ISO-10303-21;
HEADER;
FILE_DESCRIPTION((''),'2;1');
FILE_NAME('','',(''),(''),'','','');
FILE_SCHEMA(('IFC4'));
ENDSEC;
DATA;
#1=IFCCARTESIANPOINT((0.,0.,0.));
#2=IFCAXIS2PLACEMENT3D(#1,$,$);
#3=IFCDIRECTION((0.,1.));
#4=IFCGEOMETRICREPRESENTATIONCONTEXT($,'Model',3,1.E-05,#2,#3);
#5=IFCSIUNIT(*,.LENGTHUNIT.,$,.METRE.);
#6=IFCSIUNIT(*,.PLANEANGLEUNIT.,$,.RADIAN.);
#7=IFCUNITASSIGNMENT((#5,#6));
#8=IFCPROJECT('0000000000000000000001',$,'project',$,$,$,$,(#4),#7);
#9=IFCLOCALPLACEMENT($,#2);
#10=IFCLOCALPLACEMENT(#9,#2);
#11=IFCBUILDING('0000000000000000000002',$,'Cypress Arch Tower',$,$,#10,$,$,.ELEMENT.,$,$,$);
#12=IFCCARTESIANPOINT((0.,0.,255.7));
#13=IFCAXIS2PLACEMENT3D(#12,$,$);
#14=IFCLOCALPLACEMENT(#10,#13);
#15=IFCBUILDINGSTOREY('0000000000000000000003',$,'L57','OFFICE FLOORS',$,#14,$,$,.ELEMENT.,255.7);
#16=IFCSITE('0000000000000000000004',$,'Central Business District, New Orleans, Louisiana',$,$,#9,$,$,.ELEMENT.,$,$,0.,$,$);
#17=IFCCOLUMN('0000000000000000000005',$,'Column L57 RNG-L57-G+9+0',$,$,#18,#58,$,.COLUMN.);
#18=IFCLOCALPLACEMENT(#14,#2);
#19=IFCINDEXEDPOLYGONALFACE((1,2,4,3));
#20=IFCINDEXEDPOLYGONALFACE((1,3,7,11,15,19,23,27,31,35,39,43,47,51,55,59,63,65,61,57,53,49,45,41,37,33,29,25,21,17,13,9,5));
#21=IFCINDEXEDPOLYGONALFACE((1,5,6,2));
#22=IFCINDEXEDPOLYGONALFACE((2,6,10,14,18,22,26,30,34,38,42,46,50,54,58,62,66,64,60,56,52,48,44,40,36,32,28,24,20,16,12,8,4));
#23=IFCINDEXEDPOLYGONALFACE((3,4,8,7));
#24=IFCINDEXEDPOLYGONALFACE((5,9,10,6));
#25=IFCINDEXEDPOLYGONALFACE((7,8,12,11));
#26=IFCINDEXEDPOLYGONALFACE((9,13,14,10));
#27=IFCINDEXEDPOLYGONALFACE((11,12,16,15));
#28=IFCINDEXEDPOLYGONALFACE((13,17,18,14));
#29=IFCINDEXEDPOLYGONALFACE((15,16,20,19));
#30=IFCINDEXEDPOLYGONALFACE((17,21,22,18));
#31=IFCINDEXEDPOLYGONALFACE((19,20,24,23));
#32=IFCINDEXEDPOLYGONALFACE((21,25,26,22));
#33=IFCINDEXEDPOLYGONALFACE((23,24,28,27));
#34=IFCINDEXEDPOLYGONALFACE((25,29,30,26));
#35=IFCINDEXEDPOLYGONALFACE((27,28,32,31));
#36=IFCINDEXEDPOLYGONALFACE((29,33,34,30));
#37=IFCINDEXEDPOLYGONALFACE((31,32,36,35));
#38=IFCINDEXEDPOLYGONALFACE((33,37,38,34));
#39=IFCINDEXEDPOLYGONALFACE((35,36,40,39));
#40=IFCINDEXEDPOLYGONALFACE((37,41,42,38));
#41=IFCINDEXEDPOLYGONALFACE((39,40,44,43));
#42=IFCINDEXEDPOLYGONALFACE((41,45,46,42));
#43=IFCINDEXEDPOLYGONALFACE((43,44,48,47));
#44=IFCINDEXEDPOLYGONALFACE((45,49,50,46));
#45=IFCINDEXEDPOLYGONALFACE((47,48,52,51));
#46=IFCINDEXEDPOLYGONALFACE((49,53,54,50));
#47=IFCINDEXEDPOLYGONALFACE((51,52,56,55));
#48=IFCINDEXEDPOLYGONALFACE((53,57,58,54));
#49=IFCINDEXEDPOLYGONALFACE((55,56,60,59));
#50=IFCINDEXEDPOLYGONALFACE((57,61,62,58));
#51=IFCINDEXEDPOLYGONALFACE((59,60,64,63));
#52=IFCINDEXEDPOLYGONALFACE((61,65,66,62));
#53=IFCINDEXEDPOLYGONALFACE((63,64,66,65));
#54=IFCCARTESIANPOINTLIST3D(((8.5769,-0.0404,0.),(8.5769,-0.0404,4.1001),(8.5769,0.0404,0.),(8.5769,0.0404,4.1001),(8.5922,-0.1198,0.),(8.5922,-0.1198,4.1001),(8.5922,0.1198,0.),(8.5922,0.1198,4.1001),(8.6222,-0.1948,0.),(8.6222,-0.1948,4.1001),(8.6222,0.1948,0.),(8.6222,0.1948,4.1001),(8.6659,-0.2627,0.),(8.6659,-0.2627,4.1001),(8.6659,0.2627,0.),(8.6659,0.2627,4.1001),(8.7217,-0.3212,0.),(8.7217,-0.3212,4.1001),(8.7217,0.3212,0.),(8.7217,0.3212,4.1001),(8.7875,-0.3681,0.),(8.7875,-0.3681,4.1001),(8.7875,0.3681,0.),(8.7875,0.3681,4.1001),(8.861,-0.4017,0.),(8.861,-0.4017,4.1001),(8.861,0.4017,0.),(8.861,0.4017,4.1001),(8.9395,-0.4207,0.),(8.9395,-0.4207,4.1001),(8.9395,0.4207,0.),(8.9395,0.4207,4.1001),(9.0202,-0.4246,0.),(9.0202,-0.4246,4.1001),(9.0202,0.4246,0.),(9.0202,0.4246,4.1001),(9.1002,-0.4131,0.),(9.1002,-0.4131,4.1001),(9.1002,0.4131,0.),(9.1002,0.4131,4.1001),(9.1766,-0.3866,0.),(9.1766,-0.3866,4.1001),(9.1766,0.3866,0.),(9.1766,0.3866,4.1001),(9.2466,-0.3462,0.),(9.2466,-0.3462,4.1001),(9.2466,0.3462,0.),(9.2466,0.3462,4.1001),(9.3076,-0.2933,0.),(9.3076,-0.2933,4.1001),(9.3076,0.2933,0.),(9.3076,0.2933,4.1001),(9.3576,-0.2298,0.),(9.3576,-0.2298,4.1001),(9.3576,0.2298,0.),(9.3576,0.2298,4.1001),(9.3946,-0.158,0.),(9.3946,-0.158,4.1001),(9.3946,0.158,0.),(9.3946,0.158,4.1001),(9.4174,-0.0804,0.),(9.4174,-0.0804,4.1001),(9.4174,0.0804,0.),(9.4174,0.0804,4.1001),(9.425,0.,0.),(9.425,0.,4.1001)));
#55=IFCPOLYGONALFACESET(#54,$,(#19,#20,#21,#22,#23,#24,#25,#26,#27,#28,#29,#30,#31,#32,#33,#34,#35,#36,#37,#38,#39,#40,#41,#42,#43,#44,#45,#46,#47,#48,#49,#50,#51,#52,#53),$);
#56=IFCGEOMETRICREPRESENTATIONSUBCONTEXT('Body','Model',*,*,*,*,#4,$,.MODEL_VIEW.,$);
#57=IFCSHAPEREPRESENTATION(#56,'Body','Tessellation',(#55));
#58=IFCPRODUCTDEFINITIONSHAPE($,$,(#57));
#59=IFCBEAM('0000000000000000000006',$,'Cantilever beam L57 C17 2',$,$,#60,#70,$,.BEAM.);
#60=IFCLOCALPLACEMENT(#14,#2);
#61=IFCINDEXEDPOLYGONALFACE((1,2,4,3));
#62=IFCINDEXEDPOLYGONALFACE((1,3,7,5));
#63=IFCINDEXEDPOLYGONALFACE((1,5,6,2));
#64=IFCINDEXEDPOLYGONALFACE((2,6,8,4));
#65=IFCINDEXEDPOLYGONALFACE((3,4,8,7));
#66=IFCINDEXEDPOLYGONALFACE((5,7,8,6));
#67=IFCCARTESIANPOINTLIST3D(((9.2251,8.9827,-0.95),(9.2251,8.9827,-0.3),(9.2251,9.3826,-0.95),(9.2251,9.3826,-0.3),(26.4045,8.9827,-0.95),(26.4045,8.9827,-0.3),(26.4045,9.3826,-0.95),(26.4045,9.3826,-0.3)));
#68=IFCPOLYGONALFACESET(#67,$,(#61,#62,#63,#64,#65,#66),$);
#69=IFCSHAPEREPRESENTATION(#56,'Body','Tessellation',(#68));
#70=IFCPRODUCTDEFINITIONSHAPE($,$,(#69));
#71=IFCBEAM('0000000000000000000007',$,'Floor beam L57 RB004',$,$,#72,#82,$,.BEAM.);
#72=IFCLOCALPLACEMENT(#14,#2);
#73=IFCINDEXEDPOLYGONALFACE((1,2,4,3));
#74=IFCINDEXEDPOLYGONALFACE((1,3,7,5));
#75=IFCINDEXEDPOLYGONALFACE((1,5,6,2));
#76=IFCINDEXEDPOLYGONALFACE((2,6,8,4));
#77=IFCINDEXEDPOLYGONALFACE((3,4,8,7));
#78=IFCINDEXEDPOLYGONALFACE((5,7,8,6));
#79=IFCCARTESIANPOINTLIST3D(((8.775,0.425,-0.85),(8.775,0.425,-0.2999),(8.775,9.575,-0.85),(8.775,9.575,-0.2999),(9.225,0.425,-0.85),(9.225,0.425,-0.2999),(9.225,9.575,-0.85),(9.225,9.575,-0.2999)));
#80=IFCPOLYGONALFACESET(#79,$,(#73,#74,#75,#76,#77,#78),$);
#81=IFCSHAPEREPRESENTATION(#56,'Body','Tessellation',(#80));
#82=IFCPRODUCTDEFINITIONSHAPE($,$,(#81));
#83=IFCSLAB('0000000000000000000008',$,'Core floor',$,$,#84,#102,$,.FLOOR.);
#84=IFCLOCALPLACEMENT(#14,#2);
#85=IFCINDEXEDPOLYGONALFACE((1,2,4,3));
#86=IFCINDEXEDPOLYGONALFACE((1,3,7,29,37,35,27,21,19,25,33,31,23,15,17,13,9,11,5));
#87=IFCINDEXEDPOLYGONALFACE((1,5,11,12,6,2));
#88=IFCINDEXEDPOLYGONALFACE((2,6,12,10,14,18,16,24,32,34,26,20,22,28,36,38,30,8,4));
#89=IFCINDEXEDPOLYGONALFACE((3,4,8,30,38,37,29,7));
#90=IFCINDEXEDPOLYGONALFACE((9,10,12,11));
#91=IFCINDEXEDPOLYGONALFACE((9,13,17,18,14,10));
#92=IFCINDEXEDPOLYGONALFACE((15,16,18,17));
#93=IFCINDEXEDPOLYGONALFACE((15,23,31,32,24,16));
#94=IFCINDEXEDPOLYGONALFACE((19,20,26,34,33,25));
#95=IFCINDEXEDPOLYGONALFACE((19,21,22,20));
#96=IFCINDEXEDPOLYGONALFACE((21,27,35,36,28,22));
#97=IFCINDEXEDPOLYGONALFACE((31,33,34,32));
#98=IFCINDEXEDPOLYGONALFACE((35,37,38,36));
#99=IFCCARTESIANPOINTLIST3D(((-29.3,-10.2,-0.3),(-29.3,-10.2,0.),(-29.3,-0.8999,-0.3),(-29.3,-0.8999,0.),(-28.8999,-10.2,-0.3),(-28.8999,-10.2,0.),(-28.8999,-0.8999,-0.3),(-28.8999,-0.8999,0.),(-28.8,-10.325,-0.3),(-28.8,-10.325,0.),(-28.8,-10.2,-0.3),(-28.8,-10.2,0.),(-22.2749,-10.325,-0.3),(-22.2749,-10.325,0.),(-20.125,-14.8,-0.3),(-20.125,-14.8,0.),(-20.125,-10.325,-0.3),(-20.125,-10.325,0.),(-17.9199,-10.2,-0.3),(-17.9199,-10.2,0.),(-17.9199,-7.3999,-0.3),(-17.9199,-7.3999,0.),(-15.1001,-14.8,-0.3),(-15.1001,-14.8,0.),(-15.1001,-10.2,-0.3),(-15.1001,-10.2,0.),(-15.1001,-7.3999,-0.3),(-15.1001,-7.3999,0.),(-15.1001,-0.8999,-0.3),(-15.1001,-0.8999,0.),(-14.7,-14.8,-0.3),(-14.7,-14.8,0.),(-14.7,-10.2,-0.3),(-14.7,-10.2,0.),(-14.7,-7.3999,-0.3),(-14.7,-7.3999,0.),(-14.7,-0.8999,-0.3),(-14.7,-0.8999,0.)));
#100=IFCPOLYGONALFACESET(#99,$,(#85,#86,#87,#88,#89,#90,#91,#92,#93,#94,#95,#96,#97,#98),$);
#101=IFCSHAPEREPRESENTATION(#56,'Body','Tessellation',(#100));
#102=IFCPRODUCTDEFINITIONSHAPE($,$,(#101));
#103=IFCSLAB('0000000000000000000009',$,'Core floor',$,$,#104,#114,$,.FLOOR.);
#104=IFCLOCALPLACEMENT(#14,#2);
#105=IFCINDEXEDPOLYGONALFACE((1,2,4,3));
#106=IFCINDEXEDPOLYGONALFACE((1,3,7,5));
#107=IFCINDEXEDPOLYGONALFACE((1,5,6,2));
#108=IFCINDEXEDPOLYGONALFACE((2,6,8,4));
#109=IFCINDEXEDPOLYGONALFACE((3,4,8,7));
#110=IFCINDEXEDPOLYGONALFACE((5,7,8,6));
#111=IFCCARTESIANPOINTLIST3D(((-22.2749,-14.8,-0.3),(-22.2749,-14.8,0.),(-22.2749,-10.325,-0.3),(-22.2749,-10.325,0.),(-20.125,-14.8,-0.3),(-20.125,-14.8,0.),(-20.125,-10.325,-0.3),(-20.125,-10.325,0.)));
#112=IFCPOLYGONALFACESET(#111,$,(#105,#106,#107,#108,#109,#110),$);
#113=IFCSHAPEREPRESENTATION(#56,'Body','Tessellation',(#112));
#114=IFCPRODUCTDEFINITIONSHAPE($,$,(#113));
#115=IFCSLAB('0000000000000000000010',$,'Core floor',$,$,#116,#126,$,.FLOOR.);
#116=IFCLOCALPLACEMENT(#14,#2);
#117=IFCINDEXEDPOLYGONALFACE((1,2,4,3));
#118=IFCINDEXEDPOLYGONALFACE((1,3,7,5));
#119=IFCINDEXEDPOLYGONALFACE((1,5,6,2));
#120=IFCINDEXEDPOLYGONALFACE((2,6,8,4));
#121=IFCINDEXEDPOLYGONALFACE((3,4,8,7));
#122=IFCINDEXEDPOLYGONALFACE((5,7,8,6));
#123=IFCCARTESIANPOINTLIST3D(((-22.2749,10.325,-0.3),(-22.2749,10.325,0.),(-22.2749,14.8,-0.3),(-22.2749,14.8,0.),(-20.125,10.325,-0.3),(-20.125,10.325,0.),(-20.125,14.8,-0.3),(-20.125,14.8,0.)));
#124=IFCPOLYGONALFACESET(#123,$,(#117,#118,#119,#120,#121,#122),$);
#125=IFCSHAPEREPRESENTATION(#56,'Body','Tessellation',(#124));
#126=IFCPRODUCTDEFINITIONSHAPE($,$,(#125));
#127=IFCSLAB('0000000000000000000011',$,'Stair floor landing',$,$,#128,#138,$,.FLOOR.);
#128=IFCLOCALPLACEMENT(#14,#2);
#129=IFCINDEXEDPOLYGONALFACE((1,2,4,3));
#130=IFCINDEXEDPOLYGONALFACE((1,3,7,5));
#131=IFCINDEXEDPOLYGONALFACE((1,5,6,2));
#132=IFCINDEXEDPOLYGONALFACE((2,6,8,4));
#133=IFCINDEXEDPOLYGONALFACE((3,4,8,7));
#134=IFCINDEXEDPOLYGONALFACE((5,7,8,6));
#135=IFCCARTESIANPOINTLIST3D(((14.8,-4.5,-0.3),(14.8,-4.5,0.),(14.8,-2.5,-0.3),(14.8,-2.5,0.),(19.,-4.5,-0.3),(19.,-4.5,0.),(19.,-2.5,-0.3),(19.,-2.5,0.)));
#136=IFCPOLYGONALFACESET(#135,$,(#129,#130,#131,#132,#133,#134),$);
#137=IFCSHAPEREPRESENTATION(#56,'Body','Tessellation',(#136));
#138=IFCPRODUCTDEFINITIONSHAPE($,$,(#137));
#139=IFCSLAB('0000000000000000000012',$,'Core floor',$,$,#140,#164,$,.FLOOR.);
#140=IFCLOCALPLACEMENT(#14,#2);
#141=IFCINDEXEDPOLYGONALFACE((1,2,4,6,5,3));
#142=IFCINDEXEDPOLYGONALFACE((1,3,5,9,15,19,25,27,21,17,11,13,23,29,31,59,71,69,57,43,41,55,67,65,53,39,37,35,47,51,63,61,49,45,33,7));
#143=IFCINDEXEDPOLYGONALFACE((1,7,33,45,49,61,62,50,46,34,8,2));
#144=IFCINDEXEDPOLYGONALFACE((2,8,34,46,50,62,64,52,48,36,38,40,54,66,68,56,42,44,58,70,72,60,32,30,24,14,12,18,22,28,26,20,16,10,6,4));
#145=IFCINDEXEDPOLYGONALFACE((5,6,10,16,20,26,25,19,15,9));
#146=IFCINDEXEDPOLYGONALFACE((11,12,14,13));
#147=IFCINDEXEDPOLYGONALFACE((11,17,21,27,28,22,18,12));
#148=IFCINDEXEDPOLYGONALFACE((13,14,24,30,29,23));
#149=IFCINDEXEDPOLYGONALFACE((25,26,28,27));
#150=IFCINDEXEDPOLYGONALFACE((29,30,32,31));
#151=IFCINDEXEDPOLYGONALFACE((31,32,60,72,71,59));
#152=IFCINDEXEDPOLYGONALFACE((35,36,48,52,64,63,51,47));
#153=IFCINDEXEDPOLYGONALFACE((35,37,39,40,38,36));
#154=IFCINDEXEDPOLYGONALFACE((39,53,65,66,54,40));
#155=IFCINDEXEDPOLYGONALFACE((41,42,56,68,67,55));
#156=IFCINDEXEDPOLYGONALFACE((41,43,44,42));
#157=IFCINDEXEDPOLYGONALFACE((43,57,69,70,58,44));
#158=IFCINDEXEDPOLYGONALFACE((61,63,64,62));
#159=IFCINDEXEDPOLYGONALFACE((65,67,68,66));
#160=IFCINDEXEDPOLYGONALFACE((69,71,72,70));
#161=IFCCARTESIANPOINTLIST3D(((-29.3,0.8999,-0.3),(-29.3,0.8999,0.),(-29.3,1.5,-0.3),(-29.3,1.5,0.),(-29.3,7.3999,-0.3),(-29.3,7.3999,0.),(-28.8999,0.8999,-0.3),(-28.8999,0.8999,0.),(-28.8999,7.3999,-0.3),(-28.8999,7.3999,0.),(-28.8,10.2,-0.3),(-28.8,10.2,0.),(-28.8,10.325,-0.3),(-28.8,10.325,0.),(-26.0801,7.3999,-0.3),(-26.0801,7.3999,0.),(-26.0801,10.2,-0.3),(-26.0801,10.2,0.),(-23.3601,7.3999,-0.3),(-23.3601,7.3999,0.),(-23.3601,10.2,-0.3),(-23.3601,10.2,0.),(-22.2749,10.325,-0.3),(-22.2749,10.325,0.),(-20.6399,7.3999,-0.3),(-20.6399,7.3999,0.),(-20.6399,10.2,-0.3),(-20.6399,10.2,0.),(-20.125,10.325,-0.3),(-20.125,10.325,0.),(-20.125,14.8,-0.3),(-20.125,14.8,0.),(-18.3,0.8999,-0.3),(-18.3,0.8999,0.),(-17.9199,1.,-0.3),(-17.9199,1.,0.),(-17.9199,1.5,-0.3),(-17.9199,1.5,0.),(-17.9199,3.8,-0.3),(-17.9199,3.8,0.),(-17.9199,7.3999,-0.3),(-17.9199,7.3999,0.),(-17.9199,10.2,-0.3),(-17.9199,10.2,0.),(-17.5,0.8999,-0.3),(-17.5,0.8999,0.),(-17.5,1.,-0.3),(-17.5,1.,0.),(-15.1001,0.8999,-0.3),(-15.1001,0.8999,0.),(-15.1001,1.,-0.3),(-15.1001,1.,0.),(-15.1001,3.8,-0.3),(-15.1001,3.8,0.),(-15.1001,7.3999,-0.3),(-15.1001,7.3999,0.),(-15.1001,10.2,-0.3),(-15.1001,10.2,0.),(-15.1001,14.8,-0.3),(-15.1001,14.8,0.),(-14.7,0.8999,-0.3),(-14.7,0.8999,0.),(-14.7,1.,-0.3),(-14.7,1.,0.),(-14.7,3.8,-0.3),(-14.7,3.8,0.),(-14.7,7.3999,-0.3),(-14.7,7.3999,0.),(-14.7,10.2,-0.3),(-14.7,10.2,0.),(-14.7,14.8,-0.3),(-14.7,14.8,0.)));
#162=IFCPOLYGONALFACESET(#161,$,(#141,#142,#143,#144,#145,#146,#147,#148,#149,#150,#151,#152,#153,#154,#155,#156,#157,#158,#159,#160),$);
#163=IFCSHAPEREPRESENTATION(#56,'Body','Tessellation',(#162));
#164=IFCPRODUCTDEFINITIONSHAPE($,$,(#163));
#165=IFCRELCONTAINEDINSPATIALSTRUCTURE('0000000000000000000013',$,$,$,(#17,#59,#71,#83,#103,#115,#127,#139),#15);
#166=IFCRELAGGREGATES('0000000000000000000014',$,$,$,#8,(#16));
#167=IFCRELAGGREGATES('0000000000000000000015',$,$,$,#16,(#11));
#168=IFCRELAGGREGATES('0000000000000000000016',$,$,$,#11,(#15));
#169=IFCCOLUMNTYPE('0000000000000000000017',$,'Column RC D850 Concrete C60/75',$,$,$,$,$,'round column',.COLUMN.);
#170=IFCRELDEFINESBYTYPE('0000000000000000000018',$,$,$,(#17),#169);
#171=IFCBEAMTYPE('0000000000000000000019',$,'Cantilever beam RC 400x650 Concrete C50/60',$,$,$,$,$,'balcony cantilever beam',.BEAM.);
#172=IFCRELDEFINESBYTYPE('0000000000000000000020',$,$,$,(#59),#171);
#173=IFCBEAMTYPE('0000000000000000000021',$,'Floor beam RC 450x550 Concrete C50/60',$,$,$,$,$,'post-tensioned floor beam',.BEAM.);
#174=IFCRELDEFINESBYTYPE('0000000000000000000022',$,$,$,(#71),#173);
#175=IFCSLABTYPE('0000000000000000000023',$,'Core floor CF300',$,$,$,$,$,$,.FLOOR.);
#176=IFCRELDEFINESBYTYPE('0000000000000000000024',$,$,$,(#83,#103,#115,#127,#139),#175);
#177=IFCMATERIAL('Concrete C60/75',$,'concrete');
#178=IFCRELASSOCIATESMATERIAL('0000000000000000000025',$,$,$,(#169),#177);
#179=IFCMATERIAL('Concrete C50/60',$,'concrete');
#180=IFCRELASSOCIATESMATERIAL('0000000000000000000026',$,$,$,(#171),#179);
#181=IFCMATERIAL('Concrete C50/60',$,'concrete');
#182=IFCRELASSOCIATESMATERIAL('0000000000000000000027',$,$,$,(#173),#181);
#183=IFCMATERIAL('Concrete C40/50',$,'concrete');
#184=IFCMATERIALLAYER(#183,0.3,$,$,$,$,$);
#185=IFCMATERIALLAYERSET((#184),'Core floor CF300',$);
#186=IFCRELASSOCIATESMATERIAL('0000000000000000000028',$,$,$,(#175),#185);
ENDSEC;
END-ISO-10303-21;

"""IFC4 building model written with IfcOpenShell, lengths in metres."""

from ifc_helpers import new_model, si_unit, direction, frame, origin, origin_2d, place, context, subcontext, project, spatial, polyline, rectangle, circle, outline, extrude, material, layer, layer_set, material_profile, profile_set, type_object, element, save


model = new_model("IFC4")

# Units and contexts
model_context = context("Model", 3, precision=1e-05, world=origin(), true_north=direction((0.0, 1.0)))
body_context = subcontext(model_context, "Body", "Model", "MODEL_VIEW")
ifc_project = project(units=[si_unit("LENGTHUNIT", "METRE"), si_unit("PLANEANGLEUNIT", "RADIAN")], contexts=[model_context])

# Site, building, storey
site_placement = place(None, origin())
site = spatial("IfcSite", under=ifc_project, at=site_placement, Name="Central Business District, New Orleans, Louisiana", CompositionType="ELEMENT", RefElevation=0.0)
building_placement = place(site_placement, origin())
building = spatial("IfcBuilding", under=site, at=building_placement, Name="Cypress Arch Tower", CompositionType="ELEMENT")
storey_placement = place(building_placement, frame((0.0, 0.0, 255.7)))
storey = spatial("IfcBuildingStorey", under=building, at=storey_placement, Name="L57", Description="OFFICE FLOORS", CompositionType="ELEMENT", Elevation=255.7)

# Column
ifc_material_1 = material(Name="Concrete C60/75", Category="concrete")
ifc_material_profile_1 = material_profile(ifc_material_1, circle(Radius=0.425, at=origin_2d()), Name="RC D850")
ifc_profile_set_1 = profile_set([ifc_material_profile_1], Name="Concrete C60/75")
column_type = type_object("IfcColumnType", Name="Column RC D850 Concrete C60/75", ElementType="round column", PredefinedType="COLUMN", material=ifc_profile_set_1)
column_placement = place(storey_placement, frame((9.0, 0.0, 0.0), z_axis=(0.0, 0.0, 1.0), x_axis=(1.0, 0.0, 0.0)))
element("IfcColumn", 1, at=column_placement, inside=storey, type_object=column_type, Name="Column L57 RNG-L57-G+9+0", PredefinedType="COLUMN", context=body_context, shape_type="SweptSolid", body=[
    extrude(circle(Radius=0.425, at=origin_2d()), origin(), (0.0, 0.0, 1.0), 4.1001),
])

# Beams
ifc_material_2 = material(Name="Concrete C50/60", Category="concrete")
ifc_material_profile_2 = material_profile(ifc_material_2, rectangle(XDim=0.3999, YDim=0.6499, at=origin_2d()), Name="RC 400x650")
ifc_profile_set_2 = profile_set([ifc_material_profile_2], Name="Concrete C50/60")
beam_type_1 = type_object("IfcBeamType", Name="Cantilever beam RC 400x650 Concrete C50/60", ElementType="balcony cantilever beam", PredefinedType="BEAM", material=ifc_profile_set_2)
beam_1_placement = place(storey_placement, frame((9.2251, 9.1826, -0.625), z_axis=(1.0, 0.0, 0.0), x_axis=(0.0, 1.0, 0.0)))
element("IfcBeam", 2, at=beam_1_placement, inside=storey, type_object=beam_type_1, Name="Cantilever beam L57 C17 2", PredefinedType="BEAM", context=body_context, shape_type="SweptSolid", body=[
    extrude(rectangle(XDim=0.3999, YDim=0.6499, at=origin_2d()), origin(), (0.0, 0.0, 1.0), 17.1794),
])
ifc_material_3 = material(Name="Concrete C50/60", Category="concrete")
ifc_material_profile_3 = material_profile(ifc_material_3, rectangle(XDim=0.45, YDim=0.55, at=origin_2d()), Name="RC 450x550")
ifc_profile_set_3 = profile_set([ifc_material_profile_3], Name="Concrete C50/60")
beam_type_2 = type_object("IfcBeamType", Name="Floor beam RC 450x550 Concrete C50/60", ElementType="post-tensioned floor beam", PredefinedType="BEAM", material=ifc_profile_set_3)
beam_2_placement = place(storey_placement, frame((9.0, 0.425, -0.575), z_axis=(0.0, 1.0, 0.0), x_axis=(-1.0, 0.0, 0.0)))
element("IfcBeam", 3, at=beam_2_placement, inside=storey, type_object=beam_type_2, Name="Floor beam L57 RB004", PredefinedType="BEAM", context=body_context, shape_type="SweptSolid", body=[
    extrude(rectangle(XDim=0.45, YDim=0.55, at=origin_2d()), origin(), (0.0, 0.0, 1.0), 9.1499),
])

# Slabs
ifc_material_4 = material(Name="Concrete C40/50", Category="concrete")
ifc_layer_1 = layer(ifc_material_4, 0.3)
ifc_layer_set_1 = layer_set([ifc_layer_1], Name="Core floor CF300")
slab_type_1 = type_object("IfcSlabType", Name="Core floor CF300", PredefinedType="FLOOR", material=ifc_layer_set_1)
slab_1_placement = place(storey_placement, frame((0.0, 0.0, -0.3)))
element("IfcSlab", 4, at=slab_1_placement, inside=storey, type_object=slab_type_1, Name="Core floor", PredefinedType="FLOOR", context=body_context, shape_type="SweptSolid", body=[
    extrude(outline(polyline([(-28.8999, -10.2), (-29.3, -10.2), (-29.3, -0.8999), (-28.8999, -0.8999), (-15.1001, -0.8999), (-14.7, -0.8999), (-14.7, -7.3999), (-15.1001, -7.3999), (-17.9199, -7.3999), (-17.9199, -10.2), (-15.1001, -10.2), (-14.7, -10.2), (-14.7, -14.8), (-15.1001, -14.8), (-20.125, -14.8), (-20.125, -10.325), (-22.2749, -10.325), (-28.8, -10.325), (-28.8, -10.2), (-28.8999, -10.2)])), origin(), (0.0, 0.0, 1.0), 0.3),
])
slab_2_placement = place(storey_placement, frame((0.0, 0.0, -0.3)))
element("IfcSlab", 5, at=slab_2_placement, inside=storey, type_object=slab_type_1, Name="Core floor", PredefinedType="FLOOR", context=body_context, shape_type="SweptSolid", body=[
    extrude(outline(polyline([(-22.2749, -10.325), (-22.2749, -14.8), (-20.125, -14.8), (-20.125, -10.325), (-22.2749, -10.325)])), origin(), (0.0, 0.0, 1.0), 0.3),
])
slab_3_placement = place(storey_placement, frame((0.0, 0.0, -0.3)))
element("IfcSlab", 6, at=slab_3_placement, inside=storey, type_object=slab_type_1, Name="Core floor", PredefinedType="FLOOR", context=body_context, shape_type="SweptSolid", body=[
    extrude(outline(polyline([(-20.125, 14.8), (-22.2749, 14.8), (-22.2749, 10.325), (-20.125, 10.325), (-20.125, 14.8)])), origin(), (0.0, 0.0, 1.0), 0.3),
])
slab_4_placement = place(storey_placement, frame((0.0, 0.0, -0.3)))
element("IfcSlab", 7, at=slab_4_placement, inside=storey, type_object=slab_type_1, Name="Stair floor landing", PredefinedType="FLOOR", context=body_context, shape_type="SweptSolid", body=[
    extrude(outline(polyline([(19.0, -4.5), (19.0, -2.5), (14.8, -2.5), (14.8, -4.5), (19.0, -4.5)])), origin(), (0.0, 0.0, 1.0), 0.3),
])
slab_5_placement = place(storey_placement, frame((0.0, 0.0, -0.3)))
element("IfcSlab", 8, at=slab_5_placement, inside=storey, type_object=slab_type_1, Name="Core floor", PredefinedType="FLOOR", context=body_context, shape_type="SweptSolid", body=[
    extrude(outline(polyline([(-20.6399, 10.2), (-23.3601, 10.2), (-26.0801, 10.2), (-28.8, 10.2), (-28.8, 10.325), (-22.2749, 10.325), (-20.125, 10.325), (-20.125, 14.8), (-15.1001, 14.8), (-14.7, 14.8), (-14.7, 10.2), (-15.1001, 10.2), (-17.9199, 10.2), (-17.9199, 7.3999), (-15.1001, 7.3999), (-14.7, 7.3999), (-14.7, 3.8), (-15.1001, 3.8), (-17.9199, 3.8), (-17.9199, 1.5), (-17.9199, 1.0), (-17.5, 1.0), (-15.1001, 1.0), (-14.7, 1.0), (-14.7, 0.8999), (-15.1001, 0.8999), (-17.5, 0.8999), (-18.3, 0.8999), (-28.8999, 0.8999), (-29.3, 0.8999), (-29.3, 1.5), (-29.3, 7.3999), (-28.8999, 7.3999), (-26.0801, 7.3999), (-23.3601, 7.3999), (-20.6399, 7.3999), (-20.6399, 10.2)])), origin(), (0.0, 0.0, 1.0), 0.3),
])

save(model, "model.ifc")
